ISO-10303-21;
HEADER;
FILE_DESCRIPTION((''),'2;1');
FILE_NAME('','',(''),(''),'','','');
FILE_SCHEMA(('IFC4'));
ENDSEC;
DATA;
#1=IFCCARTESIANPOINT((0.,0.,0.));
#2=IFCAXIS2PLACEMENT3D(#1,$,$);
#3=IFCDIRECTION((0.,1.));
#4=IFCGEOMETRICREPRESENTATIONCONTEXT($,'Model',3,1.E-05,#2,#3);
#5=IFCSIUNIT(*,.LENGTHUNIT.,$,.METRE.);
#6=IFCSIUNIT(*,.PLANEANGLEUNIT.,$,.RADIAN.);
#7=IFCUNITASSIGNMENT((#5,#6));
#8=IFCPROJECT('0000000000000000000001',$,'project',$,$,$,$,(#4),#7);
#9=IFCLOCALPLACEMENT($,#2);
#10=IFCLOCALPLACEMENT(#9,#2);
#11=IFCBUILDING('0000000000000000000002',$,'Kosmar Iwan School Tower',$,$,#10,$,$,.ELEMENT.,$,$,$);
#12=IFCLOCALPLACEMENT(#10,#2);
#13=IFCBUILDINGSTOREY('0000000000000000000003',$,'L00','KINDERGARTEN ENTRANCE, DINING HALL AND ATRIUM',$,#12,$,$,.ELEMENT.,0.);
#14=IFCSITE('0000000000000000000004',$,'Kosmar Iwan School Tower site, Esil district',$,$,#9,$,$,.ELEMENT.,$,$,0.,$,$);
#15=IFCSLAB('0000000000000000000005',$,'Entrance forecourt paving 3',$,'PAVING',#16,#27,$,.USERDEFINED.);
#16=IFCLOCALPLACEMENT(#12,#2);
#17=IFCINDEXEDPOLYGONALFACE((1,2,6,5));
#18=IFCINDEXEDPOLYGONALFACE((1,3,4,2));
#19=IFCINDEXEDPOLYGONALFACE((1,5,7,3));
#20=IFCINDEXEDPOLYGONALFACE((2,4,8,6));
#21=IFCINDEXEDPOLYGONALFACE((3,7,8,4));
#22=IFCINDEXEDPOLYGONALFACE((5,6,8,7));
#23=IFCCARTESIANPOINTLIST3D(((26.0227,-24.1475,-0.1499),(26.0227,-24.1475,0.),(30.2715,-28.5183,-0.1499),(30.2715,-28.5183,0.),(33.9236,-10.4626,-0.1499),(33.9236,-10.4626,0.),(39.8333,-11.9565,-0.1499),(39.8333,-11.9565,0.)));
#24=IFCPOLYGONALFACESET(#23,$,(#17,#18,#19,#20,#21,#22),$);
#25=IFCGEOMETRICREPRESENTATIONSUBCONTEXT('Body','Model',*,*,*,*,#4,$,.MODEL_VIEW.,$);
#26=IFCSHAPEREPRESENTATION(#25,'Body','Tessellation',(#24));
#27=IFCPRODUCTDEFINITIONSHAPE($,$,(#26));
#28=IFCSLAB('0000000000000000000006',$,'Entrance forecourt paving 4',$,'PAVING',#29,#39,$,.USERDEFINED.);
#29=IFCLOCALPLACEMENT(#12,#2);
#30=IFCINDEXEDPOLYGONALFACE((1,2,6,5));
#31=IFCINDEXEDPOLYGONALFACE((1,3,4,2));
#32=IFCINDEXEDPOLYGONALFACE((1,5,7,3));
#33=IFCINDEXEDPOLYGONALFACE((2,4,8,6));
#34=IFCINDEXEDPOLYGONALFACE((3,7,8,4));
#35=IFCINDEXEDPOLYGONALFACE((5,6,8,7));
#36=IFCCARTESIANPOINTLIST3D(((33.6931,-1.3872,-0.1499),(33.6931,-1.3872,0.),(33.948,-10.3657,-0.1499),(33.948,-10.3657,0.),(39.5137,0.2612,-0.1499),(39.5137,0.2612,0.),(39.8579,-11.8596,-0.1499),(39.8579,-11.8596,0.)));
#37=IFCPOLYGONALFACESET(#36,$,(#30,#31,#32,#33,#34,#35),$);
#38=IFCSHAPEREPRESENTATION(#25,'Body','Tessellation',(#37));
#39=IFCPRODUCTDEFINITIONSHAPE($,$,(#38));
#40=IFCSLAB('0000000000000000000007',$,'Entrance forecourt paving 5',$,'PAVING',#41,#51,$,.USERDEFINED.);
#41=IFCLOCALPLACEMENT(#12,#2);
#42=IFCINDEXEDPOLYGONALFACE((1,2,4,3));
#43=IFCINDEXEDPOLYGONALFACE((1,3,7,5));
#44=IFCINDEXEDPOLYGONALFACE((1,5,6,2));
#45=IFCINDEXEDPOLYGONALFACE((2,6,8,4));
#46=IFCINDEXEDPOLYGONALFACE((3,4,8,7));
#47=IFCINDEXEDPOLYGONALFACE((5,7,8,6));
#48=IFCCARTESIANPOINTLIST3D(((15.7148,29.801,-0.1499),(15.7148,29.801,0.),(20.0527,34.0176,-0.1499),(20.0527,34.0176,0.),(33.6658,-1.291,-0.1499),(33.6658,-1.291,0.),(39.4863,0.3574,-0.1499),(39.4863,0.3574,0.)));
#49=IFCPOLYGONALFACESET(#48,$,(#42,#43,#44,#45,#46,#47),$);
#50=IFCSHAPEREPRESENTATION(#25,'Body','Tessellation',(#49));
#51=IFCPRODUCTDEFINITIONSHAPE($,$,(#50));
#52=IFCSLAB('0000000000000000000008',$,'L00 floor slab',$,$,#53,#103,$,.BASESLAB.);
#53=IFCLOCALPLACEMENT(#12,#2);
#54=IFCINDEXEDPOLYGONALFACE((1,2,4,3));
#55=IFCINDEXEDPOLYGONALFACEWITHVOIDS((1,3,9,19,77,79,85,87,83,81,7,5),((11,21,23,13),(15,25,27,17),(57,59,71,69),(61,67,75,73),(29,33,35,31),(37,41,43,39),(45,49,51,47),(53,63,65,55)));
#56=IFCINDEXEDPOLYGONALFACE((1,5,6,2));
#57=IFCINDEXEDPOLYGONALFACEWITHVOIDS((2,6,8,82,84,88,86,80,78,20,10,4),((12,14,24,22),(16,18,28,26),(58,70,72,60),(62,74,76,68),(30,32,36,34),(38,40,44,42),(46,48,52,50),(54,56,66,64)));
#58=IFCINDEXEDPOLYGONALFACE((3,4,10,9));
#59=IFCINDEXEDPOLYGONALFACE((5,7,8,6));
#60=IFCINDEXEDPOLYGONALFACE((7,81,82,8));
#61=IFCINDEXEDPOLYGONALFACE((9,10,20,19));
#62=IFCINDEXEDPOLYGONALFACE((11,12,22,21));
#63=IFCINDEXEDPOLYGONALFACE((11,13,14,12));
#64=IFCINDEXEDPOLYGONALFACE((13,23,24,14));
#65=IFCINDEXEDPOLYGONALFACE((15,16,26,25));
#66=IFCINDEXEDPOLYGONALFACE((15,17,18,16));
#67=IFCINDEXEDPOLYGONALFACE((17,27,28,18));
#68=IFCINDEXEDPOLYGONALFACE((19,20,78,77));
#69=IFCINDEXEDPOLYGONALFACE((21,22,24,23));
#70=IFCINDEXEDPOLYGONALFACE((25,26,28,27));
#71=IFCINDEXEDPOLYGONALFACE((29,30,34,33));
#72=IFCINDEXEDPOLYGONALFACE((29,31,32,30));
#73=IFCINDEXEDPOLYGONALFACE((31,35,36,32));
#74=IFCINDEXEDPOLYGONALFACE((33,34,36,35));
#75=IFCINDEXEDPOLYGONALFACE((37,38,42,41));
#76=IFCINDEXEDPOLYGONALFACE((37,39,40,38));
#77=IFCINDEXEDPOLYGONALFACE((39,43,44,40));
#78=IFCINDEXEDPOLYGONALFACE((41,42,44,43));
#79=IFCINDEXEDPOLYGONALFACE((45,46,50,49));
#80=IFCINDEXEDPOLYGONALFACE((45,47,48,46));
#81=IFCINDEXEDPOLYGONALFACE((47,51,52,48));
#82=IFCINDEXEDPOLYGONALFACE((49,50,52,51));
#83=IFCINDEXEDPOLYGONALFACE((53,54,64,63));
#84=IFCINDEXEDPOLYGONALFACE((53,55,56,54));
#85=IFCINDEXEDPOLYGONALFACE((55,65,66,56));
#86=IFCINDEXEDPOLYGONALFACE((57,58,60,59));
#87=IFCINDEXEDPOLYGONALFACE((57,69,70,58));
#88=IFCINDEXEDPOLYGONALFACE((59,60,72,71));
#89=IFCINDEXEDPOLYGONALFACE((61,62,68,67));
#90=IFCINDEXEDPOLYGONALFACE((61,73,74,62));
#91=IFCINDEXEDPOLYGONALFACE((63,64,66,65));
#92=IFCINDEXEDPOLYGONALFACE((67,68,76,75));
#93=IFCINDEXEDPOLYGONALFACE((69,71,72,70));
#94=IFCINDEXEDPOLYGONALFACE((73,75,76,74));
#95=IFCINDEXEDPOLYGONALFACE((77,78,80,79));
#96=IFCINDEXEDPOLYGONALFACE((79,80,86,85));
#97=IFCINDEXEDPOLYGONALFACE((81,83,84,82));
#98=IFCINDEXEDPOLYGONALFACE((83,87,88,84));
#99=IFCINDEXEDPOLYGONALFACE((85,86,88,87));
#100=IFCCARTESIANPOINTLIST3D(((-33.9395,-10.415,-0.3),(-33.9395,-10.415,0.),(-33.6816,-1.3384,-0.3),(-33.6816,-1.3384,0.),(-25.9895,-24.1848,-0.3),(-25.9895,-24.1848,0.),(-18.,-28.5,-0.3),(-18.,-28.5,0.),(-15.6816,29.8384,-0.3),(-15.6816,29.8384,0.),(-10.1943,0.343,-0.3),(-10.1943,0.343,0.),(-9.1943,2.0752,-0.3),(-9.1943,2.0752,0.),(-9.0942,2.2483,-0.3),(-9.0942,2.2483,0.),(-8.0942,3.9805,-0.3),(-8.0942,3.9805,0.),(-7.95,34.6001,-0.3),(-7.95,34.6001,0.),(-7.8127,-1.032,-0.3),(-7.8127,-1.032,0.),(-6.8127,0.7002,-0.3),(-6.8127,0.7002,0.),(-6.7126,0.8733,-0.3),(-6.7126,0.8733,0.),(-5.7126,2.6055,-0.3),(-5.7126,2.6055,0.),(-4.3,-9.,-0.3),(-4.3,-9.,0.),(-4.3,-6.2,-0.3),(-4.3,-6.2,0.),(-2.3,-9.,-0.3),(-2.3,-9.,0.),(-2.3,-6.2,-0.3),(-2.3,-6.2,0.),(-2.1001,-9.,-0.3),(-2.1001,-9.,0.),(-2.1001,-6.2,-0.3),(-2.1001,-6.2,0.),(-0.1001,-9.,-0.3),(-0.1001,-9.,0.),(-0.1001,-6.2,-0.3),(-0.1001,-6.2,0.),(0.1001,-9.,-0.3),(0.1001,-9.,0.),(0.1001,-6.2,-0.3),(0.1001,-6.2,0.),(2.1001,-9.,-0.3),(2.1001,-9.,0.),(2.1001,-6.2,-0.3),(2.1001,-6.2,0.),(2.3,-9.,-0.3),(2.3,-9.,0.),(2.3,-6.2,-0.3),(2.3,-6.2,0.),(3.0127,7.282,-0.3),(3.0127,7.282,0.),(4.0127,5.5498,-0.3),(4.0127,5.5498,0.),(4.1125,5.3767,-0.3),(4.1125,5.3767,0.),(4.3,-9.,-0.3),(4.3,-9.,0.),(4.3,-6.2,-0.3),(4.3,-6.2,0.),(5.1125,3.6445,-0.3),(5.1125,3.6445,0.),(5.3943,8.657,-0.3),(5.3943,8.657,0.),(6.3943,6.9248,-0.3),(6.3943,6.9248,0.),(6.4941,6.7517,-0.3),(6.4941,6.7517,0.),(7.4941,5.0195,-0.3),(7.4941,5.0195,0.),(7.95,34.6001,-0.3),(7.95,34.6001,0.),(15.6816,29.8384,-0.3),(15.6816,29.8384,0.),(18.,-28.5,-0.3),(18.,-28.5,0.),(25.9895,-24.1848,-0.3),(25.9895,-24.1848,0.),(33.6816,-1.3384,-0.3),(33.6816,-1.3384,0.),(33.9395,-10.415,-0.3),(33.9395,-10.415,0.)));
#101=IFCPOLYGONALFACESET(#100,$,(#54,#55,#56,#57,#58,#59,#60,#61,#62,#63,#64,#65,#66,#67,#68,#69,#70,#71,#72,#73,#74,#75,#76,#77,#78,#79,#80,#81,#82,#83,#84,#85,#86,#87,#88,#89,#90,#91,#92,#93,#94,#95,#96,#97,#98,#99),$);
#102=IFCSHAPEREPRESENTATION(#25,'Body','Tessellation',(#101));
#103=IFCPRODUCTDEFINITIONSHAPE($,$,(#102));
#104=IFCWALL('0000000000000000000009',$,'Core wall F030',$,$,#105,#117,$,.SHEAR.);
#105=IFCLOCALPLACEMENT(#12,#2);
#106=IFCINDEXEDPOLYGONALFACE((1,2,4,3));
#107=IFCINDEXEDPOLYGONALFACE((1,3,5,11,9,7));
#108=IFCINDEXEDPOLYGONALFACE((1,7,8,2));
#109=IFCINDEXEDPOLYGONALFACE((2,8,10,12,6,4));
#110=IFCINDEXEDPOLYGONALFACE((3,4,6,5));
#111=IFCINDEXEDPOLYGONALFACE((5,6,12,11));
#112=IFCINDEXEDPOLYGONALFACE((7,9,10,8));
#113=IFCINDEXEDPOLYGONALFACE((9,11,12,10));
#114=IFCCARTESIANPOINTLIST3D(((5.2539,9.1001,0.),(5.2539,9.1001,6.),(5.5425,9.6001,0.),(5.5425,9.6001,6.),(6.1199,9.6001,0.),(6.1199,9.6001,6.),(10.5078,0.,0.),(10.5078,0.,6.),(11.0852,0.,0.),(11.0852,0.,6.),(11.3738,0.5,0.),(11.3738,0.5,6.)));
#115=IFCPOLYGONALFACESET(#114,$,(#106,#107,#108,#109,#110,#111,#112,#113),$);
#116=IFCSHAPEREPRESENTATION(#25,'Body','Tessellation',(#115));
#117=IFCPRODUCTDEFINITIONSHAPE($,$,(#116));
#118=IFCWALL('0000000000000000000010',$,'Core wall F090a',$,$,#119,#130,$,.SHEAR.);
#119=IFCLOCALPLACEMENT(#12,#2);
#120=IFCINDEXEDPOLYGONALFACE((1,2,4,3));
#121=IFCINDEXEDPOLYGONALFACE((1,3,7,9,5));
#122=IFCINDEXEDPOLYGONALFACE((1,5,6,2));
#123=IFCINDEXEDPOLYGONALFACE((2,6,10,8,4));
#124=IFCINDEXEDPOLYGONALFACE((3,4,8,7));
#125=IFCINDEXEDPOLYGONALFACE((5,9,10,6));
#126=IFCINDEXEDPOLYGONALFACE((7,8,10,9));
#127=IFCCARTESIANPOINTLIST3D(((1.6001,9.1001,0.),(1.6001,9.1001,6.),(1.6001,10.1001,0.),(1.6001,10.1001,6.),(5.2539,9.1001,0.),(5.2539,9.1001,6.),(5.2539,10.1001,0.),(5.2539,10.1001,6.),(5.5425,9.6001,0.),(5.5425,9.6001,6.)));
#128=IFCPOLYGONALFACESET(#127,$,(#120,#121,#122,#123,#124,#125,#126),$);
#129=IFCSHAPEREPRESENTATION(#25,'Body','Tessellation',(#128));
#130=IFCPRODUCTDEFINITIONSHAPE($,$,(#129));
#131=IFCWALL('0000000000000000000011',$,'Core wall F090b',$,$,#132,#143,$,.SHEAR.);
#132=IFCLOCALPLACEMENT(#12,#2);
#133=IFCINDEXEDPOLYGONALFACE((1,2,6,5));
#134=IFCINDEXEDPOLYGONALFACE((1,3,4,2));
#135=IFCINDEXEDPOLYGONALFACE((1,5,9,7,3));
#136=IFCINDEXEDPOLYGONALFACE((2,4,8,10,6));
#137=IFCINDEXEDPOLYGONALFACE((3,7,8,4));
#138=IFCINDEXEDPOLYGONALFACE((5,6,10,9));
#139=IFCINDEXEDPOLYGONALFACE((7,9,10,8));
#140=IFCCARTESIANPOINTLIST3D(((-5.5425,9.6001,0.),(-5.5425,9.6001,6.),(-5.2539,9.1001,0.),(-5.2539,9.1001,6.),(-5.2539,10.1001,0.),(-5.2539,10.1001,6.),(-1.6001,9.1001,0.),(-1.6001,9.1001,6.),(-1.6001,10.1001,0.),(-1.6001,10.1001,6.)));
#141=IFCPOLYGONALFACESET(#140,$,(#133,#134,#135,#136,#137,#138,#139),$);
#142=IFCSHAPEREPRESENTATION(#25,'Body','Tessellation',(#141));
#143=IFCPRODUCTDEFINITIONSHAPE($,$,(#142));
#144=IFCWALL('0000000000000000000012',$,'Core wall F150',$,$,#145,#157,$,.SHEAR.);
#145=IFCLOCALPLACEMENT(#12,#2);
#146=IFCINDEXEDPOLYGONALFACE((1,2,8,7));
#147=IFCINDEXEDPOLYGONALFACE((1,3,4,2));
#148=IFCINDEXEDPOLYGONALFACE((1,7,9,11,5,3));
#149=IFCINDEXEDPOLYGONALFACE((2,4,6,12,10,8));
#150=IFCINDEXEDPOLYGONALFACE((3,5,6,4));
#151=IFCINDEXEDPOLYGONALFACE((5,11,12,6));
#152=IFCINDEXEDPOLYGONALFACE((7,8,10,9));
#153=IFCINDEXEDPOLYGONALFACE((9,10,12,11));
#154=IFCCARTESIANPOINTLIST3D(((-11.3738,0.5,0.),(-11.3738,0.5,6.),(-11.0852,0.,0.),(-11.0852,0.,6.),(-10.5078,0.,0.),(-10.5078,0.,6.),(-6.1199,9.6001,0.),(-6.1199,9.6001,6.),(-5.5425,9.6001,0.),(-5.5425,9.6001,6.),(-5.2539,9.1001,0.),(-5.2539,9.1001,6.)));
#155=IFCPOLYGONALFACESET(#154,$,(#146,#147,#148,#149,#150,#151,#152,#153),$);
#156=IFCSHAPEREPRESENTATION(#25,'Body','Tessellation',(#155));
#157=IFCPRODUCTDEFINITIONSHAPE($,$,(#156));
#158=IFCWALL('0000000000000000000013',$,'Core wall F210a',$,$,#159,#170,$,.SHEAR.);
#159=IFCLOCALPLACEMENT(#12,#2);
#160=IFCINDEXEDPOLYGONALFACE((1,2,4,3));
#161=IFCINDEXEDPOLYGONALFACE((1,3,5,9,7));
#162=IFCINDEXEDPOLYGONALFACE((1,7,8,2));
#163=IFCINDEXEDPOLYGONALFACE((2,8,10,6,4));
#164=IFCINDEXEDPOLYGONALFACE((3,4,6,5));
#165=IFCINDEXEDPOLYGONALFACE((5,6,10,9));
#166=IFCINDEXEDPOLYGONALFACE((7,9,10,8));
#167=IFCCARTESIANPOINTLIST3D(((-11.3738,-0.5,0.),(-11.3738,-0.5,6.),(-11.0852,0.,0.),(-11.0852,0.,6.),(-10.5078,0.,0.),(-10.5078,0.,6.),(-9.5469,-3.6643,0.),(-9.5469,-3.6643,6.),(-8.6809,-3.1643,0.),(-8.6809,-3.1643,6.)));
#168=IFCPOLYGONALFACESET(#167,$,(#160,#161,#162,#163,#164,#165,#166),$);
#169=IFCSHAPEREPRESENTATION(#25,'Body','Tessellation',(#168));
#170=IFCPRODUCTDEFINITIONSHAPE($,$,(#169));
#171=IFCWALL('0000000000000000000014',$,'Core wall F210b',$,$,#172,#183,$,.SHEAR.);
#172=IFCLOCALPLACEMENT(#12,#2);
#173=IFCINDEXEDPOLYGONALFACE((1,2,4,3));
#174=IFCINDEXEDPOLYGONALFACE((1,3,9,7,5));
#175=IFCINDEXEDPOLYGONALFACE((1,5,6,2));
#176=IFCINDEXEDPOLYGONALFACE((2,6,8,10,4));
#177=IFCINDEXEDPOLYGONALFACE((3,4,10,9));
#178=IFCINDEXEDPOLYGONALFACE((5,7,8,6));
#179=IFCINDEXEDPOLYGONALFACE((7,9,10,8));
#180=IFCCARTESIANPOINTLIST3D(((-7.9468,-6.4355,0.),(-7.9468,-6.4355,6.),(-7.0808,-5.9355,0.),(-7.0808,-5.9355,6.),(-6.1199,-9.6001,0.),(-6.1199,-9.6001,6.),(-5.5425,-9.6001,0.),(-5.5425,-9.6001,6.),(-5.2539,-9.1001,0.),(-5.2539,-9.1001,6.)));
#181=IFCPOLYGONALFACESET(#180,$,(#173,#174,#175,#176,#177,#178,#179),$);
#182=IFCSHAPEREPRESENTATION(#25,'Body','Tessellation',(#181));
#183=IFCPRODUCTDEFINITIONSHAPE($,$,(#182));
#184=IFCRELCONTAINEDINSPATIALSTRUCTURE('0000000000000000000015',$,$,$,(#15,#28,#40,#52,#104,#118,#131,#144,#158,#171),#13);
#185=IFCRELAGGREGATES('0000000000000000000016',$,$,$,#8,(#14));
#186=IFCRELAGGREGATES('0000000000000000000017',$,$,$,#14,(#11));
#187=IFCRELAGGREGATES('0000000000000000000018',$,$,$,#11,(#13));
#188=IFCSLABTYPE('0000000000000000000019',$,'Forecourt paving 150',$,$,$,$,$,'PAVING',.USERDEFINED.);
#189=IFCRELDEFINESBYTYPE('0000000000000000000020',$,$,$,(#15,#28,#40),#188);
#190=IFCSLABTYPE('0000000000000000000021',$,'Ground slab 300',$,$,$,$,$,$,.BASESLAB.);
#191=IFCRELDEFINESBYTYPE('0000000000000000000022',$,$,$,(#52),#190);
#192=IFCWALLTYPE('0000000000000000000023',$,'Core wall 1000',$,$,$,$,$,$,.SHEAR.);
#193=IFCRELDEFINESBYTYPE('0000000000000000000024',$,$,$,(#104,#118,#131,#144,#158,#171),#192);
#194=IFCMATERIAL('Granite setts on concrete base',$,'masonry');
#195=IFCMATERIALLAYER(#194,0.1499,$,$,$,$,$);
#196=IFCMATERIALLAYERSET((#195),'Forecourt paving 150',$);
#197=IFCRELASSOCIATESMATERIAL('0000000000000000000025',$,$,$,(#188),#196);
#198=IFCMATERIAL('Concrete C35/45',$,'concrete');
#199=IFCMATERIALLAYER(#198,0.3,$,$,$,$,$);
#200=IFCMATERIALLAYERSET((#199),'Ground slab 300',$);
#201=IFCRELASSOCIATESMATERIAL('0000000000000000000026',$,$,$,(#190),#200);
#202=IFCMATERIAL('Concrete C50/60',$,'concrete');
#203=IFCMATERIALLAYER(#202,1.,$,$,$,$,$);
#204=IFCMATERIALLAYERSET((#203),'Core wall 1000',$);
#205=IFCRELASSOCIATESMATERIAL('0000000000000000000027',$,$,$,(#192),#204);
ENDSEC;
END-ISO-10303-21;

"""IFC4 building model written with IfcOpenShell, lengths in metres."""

from ifc_helpers import new_model, si_unit, direction, frame, origin, place, context, subcontext, project, spatial, polyline, outline, extrude, material, layer, layer_set, type_object, element, save


model = new_model("IFC4")

# Units and contexts
model_context = context("Model", 3, precision=1e-05, world=origin(), true_north=direction((0.0, 1.0)))
body_context = subcontext(model_context, "Body", "Model", "MODEL_VIEW")
ifc_project = project(units=[si_unit("LENGTHUNIT", "METRE"), si_unit("PLANEANGLEUNIT", "RADIAN")], contexts=[model_context])

# Site, building, storey
site_placement = place(None, origin())
site = spatial("IfcSite", under=ifc_project, at=site_placement, Name="Kosmar Iwan School Tower site, Esil district", CompositionType="ELEMENT", RefElevation=0.0)
building_placement = place(site_placement, origin())
building = spatial("IfcBuilding", under=site, at=building_placement, Name="Kosmar Iwan School Tower", CompositionType="ELEMENT")
storey_placement = place(building_placement, origin())
storey = spatial("IfcBuildingStorey", under=building, at=storey_placement, Name="L00", Description="KINDERGARTEN ENTRANCE, DINING HALL AND ATRIUM", CompositionType="ELEMENT", Elevation=0.0)

# Slabs
ifc_material_1 = material(Name="Granite setts on concrete base", Category="masonry")
ifc_layer_1 = layer(ifc_material_1, 0.1499)
ifc_layer_set_1 = layer_set([ifc_layer_1], Name="Forecourt paving 150")
slab_type_1 = type_object("IfcSlabType", Name="Forecourt paving 150", ElementType="PAVING", PredefinedType="USERDEFINED", material=ifc_layer_set_1)
slab_1_placement = place(storey_placement, frame((0.0, 0.0, -0.1499)))
element("IfcSlab", 1, at=slab_1_placement, inside=storey, type_object=slab_type_1, Name="Entrance forecourt paving 3", ObjectType="PAVING", PredefinedType="USERDEFINED", context=body_context, shape_type="SweptSolid", body=[
    extrude(outline(polyline([(26.0227, -24.1475), (33.9236, -10.4626), (39.8333, -11.9565), (30.2715, -28.5183), (26.0227, -24.1475)])), origin(), (0.0, 0.0, 1.0), 0.1499),
])
slab_2_placement = place(storey_placement, frame((0.0, 0.0, -0.1499)))
element("IfcSlab", 2, at=slab_2_placement, inside=storey, type_object=slab_type_1, Name="Entrance forecourt paving 4", ObjectType="PAVING", PredefinedType="USERDEFINED", context=body_context, shape_type="SweptSolid", body=[
    extrude(outline(polyline([(33.948, -10.3657), (33.6931, -1.3872), (39.5137, 0.2612), (39.8579, -11.8596), (33.948, -10.3657)])), origin(), (0.0, 0.0, 1.0), 0.1499),
])
slab_3_placement = place(storey_placement, frame((0.0, 0.0, -0.1499)))
element("IfcSlab", 3, at=slab_3_placement, inside=storey, type_object=slab_type_1, Name="Entrance forecourt paving 5", ObjectType="PAVING", PredefinedType="USERDEFINED", context=body_context, shape_type="SweptSolid", body=[
    extrude(outline(polyline([(33.6658, -1.291), (15.7148, 29.801), (20.0527, 34.0176), (39.4863, 0.3574), (33.6658, -1.291)])), origin(), (0.0, 0.0, 1.0), 0.1499),
])
ifc_material_2 = material(Name="Concrete C35/45", Category="concrete")
ifc_layer_2 = layer(ifc_material_2, 0.3)
ifc_layer_set_2 = layer_set([ifc_layer_2], Name="Ground slab 300")
slab_type_2 = type_object("IfcSlabType", Name="Ground slab 300", PredefinedType="BASESLAB", material=ifc_layer_set_2)
slab_4_placement = place(storey_placement, frame((0.0, 0.0, -0.3)))
element("IfcSlab", 4, at=slab_4_placement, inside=storey, type_object=slab_type_2, Name="L00 floor slab", PredefinedType="BASESLAB", context=body_context, shape_type="SweptSolid", body=[
    extrude(outline(polyline([(-18.0, -28.5), (18.0, -28.5), (25.9895, -24.1848), (33.9395, -10.415), (33.6816, -1.3384), (15.6816, 29.8384), (7.95, 34.6001), (-7.95, 34.6001), (-15.6816, 29.8384), (-33.6816, -1.3384), (-33.9395, -10.415), (-25.9895, -24.1848), (-18.0, -28.5)]), holes=[polyline([(-5.7126, 2.6055), (-8.0942, 3.9805), (-9.0942, 2.2483), (-6.7126, 0.8733), (-5.7126, 2.6055)]), polyline([(-6.8127, 0.7002), (-9.1943, 2.0752), (-10.1943, 0.343), (-7.8127, -1.032), (-6.8127, 0.7002)]), polyline([(5.1125, 3.6445), (7.4941, 5.0195), (6.4941, 6.7517), (4.1125, 5.3767), (5.1125, 3.6445)]), polyline([(4.0127, 5.5498), (6.3943, 6.9248), (5.3943, 8.657), (3.0127, 7.282), (4.0127, 5.5498)]), polyline([(-4.3, -6.2), (-4.3, -9.0), (-2.3, -9.0), (-2.3, -6.2), (-4.3, -6.2)]), polyline([(-2.1001, -6.2), (-2.1001, -9.0), (-0.1001, -9.0), (-0.1001, -6.2), (-2.1001, -6.2)]), polyline([(0.1001, -6.2), (0.1001, -9.0), (2.1001, -9.0), (2.1001, -6.2), (0.1001, -6.2)]), polyline([(2.3, -6.2), (2.3, -9.0), (4.3, -9.0), (4.3, -6.2), (2.3, -6.2)])]), origin(), (0.0, 0.0, 1.0), 0.3),
])

# Walls
ifc_material_3 = material(Name="Concrete C50/60", Category="concrete")
ifc_layer_3 = layer(ifc_material_3, 1.0)
ifc_layer_set_3 = layer_set([ifc_layer_3], Name="Core wall 1000")
wall_type = type_object("IfcWallType", Name="Core wall 1000", PredefinedType="SHEAR", material=ifc_layer_set_3)
wall_1_placement = place(storey_placement, origin())
element("IfcWall", 5, at=wall_1_placement, inside=storey, type_object=wall_type, Name="Core wall F030", PredefinedType="SHEAR", context=body_context, shape_type="SweptSolid", body=[
    extrude(outline(polyline([(10.5078, 0.0), (11.0852, 0.0), (11.3738, 0.5), (6.1199, 9.6001), (5.5425, 9.6001), (5.2539, 9.1001), (10.5078, 0.0)])), origin(), (0.0, 0.0, 1.0), 6.0),
])
wall_2_placement = place(storey_placement, origin())
element("IfcWall", 6, at=wall_2_placement, inside=storey, type_object=wall_type, Name="Core wall F090a", PredefinedType="SHEAR", context=body_context, shape_type="SweptSolid", body=[
    extrude(outline(polyline([(1.6001, 9.1001), (5.2539, 9.1001), (5.5425, 9.6001), (5.2539, 10.1001), (1.6001, 10.1001), (1.6001, 9.1001)])), origin(), (0.0, 0.0, 1.0), 6.0),
])
wall_3_placement = place(storey_placement, origin())
element("IfcWall", 7, at=wall_3_placement, inside=storey, type_object=wall_type, Name="Core wall F090b", PredefinedType="SHEAR", context=body_context, shape_type="SweptSolid", body=[
    extrude(outline(polyline([(-5.2539, 9.1001), (-1.6001, 9.1001), (-1.6001, 10.1001), (-5.2539, 10.1001), (-5.5425, 9.6001), (-5.2539, 9.1001)])), origin(), (0.0, 0.0, 1.0), 6.0),
])
wall_4_placement = place(storey_placement, origin())
element("IfcWall", 8, at=wall_4_placement, inside=storey, type_object=wall_type, Name="Core wall F150", PredefinedType="SHEAR", context=body_context, shape_type="SweptSolid", body=[
    extrude(outline(polyline([(-11.0852, 0.0), (-10.5078, 0.0), (-5.2539, 9.1001), (-5.5425, 9.6001), (-6.1199, 9.6001), (-11.3738, 0.5), (-11.0852, 0.0)])), origin(), (0.0, 0.0, 1.0), 6.0),
])
wall_5_placement = place(storey_placement, origin())
element("IfcWall", 9, at=wall_5_placement, inside=storey, type_object=wall_type, Name="Core wall F210a", PredefinedType="SHEAR", context=body_context, shape_type="SweptSolid", body=[
    extrude(outline(polyline([(-9.5469, -3.6643), (-8.6809, -3.1643), (-10.5078, 0.0), (-11.0852, 0.0), (-11.3738, -0.5), (-9.5469, -3.6643)])), origin(), (0.0, 0.0, 1.0), 6.0),
])
wall_6_placement = place(storey_placement, origin())
element("IfcWall", 10, at=wall_6_placement, inside=storey, type_object=wall_type, Name="Core wall F210b", PredefinedType="SHEAR", context=body_context, shape_type="SweptSolid", body=[
    extrude(outline(polyline([(-6.1199, -9.6001), (-5.5425, -9.6001), (-5.2539, -9.1001), (-7.0808, -5.9355), (-7.9468, -6.4355), (-6.1199, -9.6001)])), origin(), (0.0, 0.0, 1.0), 6.0),
])

save(model, "model.ifc")
